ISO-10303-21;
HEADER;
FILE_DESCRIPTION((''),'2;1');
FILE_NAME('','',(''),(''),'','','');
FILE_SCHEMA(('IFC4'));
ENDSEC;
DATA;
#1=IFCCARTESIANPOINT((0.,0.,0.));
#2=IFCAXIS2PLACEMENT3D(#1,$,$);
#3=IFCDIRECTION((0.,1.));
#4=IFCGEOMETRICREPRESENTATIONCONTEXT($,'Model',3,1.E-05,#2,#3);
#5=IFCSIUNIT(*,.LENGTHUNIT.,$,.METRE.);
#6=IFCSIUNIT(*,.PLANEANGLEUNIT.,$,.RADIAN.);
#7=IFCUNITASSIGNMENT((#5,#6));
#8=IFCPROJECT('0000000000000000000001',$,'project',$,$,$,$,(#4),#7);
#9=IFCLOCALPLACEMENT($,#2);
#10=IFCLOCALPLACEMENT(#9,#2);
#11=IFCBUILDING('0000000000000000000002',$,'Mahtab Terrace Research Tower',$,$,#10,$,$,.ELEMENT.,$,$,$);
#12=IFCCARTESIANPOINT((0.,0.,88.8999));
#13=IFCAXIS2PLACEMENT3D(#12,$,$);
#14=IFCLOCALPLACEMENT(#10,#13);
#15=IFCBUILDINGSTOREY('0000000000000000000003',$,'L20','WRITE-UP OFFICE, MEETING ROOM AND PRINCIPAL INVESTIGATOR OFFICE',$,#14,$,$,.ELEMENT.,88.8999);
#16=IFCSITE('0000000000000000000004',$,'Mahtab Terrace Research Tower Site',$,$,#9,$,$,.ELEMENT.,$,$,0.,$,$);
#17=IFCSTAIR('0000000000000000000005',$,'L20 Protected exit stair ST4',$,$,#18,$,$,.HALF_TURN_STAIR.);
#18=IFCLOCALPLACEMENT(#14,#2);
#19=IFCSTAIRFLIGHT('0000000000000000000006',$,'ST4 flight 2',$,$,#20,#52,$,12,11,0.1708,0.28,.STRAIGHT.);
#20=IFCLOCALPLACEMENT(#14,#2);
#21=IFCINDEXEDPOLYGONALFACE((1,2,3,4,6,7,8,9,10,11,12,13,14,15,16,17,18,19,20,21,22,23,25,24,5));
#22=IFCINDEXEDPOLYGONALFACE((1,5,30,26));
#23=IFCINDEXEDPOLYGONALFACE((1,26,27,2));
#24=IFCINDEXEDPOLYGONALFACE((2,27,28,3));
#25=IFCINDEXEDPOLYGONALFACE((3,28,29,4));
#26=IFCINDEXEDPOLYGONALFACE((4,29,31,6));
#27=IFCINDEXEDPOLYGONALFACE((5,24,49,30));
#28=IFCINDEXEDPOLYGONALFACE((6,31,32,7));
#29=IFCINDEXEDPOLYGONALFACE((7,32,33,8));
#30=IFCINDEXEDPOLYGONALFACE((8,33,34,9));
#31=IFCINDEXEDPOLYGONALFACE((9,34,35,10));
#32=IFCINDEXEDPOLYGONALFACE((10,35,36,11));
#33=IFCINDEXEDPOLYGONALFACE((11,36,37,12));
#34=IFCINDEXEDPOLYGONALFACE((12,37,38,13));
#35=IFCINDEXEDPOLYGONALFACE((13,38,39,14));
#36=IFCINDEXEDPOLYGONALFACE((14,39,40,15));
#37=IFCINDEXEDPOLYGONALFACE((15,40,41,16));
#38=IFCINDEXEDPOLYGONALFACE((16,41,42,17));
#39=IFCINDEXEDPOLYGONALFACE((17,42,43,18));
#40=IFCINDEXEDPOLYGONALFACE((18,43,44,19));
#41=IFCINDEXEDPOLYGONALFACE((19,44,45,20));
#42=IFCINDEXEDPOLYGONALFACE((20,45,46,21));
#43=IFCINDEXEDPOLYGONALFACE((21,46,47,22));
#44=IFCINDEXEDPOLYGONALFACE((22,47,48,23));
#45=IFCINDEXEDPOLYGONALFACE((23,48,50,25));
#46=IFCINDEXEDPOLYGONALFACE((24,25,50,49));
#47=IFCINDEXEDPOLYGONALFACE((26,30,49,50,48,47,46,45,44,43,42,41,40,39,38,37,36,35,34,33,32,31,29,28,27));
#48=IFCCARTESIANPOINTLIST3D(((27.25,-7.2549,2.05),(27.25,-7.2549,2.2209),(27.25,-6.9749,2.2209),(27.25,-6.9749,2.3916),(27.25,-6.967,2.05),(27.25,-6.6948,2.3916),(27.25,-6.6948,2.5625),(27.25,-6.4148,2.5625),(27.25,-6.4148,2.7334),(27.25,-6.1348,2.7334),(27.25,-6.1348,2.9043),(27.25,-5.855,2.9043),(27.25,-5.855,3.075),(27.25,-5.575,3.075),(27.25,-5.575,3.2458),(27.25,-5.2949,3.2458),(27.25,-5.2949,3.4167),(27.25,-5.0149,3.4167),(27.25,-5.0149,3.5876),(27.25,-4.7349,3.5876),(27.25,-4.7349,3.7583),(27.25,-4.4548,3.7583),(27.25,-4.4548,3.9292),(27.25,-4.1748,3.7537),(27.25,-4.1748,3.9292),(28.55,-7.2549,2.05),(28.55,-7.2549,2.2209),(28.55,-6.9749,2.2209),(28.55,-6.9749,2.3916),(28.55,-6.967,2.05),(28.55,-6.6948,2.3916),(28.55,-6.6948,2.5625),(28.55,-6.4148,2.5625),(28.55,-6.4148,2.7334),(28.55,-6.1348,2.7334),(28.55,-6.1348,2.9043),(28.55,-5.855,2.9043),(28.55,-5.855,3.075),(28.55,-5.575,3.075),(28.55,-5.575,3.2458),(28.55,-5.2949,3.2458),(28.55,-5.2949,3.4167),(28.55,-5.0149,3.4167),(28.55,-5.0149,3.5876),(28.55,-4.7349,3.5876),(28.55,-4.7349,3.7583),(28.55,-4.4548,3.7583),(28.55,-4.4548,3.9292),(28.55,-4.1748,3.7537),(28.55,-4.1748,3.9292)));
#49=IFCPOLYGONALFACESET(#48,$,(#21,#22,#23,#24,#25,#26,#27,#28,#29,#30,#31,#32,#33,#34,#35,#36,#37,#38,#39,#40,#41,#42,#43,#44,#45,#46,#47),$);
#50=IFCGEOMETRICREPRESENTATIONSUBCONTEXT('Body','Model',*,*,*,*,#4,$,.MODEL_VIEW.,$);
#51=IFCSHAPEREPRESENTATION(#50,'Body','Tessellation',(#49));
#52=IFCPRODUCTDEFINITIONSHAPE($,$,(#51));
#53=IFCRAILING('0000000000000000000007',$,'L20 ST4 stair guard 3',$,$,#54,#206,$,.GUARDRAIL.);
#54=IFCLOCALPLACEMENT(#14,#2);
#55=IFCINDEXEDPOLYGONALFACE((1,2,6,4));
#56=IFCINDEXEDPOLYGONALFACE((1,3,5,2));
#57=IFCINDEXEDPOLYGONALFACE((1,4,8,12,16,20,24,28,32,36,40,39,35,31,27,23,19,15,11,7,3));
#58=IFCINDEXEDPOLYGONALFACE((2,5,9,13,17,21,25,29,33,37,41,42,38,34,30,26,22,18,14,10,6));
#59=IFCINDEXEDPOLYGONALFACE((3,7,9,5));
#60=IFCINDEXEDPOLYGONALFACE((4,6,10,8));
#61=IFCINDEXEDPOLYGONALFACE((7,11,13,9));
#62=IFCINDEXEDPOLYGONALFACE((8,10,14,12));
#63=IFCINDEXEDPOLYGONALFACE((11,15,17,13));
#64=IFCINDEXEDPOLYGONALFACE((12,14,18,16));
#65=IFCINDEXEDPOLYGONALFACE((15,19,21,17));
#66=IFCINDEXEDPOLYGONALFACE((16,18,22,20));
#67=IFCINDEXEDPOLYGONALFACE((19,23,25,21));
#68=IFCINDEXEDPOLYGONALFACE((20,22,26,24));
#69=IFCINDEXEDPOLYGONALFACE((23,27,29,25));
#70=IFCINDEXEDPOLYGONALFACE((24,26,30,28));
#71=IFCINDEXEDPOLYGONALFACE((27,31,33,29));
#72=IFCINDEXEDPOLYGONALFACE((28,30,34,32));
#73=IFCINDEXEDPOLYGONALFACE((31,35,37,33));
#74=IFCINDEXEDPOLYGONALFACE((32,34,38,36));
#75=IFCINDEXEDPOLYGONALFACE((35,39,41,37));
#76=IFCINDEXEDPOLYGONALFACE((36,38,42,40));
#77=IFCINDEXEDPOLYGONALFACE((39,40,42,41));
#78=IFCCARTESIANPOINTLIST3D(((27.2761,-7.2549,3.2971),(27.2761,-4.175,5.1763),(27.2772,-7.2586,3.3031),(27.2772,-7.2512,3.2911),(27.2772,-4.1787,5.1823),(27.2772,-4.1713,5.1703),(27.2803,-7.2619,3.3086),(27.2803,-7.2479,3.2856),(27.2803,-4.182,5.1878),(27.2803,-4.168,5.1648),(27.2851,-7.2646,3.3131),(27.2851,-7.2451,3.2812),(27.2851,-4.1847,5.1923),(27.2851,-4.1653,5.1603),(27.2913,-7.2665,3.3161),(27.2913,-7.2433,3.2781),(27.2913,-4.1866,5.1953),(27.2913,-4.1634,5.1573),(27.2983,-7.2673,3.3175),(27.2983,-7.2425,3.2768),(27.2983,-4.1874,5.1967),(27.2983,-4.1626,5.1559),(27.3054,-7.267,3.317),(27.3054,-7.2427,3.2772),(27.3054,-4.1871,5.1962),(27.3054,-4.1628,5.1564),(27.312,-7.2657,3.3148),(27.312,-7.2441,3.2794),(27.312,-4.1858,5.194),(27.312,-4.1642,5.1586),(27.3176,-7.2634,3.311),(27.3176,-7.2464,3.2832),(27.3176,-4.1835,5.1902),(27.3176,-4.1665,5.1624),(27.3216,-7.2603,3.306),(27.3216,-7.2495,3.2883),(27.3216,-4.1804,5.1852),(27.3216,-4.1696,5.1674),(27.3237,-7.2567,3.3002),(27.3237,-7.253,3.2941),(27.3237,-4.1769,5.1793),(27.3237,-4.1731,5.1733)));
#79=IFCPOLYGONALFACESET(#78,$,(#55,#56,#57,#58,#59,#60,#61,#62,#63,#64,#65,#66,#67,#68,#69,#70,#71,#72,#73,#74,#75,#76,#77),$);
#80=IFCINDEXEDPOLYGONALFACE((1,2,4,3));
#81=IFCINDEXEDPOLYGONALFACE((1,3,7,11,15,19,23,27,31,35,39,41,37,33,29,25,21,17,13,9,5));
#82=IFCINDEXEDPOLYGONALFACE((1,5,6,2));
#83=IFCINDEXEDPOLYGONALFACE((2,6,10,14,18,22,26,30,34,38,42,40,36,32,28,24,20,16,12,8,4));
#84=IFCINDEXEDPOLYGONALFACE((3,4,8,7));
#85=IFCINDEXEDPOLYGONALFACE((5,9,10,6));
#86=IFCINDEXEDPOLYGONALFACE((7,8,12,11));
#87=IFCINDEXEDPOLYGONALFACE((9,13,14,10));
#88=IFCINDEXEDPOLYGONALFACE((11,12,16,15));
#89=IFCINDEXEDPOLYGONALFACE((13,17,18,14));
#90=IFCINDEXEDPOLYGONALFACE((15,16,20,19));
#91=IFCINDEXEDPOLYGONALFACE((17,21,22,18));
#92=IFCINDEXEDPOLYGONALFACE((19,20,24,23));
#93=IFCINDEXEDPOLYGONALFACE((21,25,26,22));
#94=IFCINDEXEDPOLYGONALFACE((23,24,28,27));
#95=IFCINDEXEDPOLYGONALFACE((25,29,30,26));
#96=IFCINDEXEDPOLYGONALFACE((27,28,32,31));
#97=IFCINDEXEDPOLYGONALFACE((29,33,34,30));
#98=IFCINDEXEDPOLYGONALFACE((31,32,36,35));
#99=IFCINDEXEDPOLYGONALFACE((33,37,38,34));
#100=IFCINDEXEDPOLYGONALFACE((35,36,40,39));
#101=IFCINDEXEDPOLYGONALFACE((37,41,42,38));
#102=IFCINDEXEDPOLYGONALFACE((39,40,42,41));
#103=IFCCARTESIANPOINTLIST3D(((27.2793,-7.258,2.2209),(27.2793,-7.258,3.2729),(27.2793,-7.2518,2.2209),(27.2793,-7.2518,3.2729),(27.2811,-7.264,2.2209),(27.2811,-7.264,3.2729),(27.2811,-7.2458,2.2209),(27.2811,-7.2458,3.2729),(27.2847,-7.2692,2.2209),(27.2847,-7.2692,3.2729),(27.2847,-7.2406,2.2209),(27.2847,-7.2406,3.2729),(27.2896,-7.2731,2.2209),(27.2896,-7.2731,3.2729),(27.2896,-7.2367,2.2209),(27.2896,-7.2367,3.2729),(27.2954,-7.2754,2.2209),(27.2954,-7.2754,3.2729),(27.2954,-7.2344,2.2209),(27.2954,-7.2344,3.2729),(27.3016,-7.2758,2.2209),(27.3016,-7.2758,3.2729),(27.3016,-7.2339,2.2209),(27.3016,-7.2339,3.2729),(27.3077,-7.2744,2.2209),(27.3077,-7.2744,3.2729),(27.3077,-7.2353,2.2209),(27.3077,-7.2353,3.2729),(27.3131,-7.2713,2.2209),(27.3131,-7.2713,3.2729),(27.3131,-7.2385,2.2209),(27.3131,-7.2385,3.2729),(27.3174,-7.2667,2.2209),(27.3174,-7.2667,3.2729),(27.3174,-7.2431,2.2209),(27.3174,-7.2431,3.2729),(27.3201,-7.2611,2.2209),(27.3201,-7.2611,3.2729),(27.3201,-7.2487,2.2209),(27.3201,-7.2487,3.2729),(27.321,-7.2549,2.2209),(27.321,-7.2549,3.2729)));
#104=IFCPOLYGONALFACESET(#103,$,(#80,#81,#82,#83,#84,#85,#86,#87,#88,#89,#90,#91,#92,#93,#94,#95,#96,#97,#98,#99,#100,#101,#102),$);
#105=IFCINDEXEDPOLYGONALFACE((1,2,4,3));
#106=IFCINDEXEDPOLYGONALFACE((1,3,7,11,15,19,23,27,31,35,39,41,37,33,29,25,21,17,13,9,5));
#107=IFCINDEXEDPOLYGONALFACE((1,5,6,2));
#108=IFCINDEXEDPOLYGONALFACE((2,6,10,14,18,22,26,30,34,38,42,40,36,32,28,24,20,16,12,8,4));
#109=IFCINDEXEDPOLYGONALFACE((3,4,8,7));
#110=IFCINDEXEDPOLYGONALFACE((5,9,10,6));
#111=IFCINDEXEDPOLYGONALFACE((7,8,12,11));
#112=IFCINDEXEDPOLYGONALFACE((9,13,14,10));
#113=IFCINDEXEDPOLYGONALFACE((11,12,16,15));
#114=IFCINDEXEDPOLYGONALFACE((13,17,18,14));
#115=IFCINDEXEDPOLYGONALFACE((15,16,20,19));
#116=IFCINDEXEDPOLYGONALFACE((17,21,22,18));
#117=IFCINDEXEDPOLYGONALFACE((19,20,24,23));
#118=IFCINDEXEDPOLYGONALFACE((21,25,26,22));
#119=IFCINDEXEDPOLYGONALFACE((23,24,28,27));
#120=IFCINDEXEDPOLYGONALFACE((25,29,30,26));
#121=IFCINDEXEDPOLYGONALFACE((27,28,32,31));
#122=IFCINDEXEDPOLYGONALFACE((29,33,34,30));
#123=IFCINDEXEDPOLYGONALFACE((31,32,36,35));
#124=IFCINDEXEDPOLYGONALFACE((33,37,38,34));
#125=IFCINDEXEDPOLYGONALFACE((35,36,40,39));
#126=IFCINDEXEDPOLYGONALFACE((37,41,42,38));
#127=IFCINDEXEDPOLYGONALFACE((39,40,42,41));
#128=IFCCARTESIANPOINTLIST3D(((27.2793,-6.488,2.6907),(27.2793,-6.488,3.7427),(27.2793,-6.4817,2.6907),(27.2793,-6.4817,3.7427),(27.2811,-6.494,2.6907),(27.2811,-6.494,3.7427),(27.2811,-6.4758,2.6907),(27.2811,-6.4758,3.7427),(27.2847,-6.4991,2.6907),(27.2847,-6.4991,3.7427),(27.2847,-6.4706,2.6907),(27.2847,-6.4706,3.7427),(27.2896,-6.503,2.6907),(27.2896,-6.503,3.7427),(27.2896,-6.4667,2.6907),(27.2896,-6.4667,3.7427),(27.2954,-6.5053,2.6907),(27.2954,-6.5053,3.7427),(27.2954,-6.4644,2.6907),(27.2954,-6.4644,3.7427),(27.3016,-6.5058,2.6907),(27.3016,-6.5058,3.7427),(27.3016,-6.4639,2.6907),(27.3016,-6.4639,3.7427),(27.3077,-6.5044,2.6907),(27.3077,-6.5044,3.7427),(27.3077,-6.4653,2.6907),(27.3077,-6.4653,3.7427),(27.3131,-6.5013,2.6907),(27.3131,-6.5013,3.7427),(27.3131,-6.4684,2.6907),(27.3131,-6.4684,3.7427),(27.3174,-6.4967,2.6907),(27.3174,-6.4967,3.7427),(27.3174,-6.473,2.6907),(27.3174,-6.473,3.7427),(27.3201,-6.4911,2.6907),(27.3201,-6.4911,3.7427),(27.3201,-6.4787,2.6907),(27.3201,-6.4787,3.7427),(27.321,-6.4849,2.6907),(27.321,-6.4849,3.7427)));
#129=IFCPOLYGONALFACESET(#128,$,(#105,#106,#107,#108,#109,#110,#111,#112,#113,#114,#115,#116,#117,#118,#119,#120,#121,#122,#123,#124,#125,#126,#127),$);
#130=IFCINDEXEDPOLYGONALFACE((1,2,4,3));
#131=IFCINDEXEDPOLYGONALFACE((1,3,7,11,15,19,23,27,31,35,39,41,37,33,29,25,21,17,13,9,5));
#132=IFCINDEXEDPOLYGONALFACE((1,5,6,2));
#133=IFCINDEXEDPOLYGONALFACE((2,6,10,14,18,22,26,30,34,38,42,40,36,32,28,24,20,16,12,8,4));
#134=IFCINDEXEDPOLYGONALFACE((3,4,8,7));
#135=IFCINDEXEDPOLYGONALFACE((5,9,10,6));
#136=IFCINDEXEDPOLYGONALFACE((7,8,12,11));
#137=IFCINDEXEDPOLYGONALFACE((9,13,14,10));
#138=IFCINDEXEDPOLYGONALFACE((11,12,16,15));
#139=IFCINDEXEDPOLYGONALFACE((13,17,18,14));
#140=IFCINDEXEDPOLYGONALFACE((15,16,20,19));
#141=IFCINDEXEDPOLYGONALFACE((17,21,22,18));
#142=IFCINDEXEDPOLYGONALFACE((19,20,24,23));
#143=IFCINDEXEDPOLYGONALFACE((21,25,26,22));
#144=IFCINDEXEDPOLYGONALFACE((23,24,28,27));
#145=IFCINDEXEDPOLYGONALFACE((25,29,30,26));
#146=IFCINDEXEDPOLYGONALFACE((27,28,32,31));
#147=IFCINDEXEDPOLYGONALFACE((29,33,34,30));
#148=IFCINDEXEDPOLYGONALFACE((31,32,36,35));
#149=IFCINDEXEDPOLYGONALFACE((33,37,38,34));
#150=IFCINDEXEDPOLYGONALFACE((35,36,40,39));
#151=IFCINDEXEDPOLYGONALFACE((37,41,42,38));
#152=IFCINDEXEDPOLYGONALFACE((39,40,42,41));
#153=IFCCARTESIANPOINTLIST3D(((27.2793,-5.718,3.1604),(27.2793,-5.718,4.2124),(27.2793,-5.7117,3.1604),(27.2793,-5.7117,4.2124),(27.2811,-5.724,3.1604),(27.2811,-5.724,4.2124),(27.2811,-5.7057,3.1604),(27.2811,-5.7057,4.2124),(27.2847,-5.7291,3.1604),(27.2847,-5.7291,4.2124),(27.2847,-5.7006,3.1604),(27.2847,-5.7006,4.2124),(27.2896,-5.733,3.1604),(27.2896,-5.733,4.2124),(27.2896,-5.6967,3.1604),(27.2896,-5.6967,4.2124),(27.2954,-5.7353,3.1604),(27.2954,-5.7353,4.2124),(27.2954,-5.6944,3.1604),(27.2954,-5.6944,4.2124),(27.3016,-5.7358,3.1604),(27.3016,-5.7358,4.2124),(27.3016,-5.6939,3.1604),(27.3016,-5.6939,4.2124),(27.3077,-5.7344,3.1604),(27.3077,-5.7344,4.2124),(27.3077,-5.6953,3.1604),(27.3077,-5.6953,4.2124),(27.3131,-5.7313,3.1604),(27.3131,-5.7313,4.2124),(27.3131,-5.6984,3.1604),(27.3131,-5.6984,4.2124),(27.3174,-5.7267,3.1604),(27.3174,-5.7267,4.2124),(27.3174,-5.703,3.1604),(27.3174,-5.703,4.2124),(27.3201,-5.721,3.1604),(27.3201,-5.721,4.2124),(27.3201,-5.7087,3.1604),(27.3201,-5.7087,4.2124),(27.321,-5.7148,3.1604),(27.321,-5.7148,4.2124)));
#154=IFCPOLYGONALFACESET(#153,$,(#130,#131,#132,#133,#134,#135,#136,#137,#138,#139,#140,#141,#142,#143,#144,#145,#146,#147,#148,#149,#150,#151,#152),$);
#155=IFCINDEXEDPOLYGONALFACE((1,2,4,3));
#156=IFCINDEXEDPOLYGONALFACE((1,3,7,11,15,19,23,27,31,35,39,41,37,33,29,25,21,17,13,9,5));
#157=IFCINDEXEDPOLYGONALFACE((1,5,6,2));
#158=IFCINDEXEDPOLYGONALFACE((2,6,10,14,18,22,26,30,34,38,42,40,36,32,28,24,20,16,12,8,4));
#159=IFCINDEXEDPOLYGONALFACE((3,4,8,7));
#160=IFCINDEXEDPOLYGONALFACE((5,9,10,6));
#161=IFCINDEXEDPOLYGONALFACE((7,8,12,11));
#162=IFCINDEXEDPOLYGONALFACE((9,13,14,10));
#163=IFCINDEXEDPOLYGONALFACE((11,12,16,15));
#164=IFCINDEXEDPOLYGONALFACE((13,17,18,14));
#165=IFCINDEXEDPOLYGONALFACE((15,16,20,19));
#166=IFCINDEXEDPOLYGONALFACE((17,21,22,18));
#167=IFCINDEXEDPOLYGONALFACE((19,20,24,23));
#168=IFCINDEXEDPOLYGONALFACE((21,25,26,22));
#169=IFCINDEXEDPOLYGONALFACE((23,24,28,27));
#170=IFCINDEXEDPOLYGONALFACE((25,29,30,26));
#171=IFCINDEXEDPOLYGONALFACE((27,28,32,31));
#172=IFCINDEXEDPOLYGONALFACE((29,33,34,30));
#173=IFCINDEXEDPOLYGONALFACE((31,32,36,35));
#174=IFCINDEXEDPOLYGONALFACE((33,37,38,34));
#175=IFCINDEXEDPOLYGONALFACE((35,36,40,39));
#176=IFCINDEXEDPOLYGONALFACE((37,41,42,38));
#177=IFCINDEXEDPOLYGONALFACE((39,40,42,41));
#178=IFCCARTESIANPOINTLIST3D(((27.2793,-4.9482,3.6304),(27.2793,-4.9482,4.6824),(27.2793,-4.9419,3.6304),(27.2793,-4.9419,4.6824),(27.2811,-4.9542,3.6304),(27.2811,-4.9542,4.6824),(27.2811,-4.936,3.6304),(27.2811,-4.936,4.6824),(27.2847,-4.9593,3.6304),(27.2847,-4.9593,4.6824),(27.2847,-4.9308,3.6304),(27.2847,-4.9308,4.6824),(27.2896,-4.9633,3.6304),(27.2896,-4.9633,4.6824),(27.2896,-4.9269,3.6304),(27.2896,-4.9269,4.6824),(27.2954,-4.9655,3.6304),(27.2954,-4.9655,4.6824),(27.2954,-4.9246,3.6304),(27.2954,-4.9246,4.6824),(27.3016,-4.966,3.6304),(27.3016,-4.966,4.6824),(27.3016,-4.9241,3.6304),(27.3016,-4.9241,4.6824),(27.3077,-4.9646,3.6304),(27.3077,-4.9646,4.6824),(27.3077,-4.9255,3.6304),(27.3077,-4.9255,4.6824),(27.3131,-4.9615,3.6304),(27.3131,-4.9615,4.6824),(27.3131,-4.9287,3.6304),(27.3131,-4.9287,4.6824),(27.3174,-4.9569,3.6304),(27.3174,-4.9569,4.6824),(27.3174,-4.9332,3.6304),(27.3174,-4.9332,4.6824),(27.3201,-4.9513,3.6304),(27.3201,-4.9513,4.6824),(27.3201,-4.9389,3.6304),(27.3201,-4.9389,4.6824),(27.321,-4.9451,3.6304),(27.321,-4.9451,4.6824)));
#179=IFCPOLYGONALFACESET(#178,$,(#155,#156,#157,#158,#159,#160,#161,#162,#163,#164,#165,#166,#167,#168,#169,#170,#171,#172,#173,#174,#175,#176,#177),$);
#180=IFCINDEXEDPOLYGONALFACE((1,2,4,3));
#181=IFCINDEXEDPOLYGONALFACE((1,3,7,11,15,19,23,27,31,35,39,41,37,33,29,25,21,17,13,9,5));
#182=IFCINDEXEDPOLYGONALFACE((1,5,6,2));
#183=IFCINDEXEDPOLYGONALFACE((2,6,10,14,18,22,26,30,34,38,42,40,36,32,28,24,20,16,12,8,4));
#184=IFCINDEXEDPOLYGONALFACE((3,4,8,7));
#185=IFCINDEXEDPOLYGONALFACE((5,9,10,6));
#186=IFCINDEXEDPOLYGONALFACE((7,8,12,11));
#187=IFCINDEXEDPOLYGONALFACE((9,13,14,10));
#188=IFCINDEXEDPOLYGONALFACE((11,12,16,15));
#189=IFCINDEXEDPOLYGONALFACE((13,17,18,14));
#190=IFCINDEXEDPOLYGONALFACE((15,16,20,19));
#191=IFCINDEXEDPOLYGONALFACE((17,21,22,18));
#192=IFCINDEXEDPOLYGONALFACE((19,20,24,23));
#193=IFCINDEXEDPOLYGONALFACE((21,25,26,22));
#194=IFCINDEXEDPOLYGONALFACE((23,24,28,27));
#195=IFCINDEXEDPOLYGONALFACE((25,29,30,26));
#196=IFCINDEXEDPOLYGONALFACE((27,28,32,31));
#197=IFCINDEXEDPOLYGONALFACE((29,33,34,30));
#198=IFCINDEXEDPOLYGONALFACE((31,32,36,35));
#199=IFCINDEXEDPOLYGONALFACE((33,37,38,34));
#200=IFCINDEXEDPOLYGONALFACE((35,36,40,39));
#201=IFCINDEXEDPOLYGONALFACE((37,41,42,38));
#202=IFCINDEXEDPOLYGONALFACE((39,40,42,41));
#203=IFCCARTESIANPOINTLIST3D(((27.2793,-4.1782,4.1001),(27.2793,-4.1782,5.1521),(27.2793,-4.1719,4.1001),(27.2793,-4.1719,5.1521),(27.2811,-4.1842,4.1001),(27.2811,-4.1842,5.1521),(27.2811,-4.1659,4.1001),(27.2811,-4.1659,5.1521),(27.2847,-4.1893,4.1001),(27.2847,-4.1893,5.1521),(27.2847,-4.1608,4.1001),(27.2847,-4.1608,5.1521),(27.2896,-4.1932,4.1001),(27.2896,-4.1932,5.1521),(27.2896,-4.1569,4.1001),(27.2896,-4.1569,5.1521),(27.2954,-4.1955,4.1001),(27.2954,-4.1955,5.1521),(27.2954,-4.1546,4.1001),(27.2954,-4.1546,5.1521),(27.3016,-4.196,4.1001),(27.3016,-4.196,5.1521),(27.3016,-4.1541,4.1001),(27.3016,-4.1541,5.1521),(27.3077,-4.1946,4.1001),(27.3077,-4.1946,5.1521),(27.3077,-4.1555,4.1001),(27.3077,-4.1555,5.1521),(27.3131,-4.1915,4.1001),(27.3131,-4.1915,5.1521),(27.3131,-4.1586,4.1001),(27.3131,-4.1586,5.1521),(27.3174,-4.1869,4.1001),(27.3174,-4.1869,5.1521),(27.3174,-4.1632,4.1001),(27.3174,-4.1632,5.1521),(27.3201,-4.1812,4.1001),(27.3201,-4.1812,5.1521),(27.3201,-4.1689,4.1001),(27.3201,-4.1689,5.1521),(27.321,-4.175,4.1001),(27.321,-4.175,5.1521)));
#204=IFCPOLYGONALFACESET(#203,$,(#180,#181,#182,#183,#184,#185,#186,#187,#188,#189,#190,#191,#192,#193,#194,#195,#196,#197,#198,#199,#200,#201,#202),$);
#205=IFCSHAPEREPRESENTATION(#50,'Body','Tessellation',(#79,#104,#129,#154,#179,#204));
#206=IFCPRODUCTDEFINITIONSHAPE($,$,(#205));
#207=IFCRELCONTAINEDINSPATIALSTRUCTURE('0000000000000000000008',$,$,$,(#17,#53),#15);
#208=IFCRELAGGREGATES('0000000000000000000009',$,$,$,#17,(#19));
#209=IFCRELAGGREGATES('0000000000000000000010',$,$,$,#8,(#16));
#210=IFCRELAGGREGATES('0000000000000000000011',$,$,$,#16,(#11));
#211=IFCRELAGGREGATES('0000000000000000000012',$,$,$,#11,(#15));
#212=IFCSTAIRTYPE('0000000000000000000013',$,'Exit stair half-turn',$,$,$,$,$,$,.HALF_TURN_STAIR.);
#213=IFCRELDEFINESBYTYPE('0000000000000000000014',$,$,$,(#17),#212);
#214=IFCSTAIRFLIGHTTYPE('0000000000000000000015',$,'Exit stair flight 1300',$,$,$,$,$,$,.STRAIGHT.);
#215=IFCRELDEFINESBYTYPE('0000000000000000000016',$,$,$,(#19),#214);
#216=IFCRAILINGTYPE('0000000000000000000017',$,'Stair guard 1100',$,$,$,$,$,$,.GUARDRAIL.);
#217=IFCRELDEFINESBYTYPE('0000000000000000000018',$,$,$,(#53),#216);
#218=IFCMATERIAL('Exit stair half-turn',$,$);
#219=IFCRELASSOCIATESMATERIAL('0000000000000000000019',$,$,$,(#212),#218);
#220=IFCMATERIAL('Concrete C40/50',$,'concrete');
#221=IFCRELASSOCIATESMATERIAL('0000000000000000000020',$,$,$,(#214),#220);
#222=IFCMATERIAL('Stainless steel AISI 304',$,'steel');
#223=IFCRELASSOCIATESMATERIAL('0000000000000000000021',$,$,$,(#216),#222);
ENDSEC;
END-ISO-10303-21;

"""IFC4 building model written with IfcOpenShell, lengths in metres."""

from ifc_helpers import new_model, si_unit, direction, frame, origin, origin_2d, place, context, subcontext, project, spatial, polyline, circle, outline, extrude, material, type_object, element, aggregate, save


model = new_model("IFC4")

# Units and contexts
model_context = context("Model", 3, precision=1e-05, world=origin(), true_north=direction((0.0, 1.0)))
body_context = subcontext(model_context, "Body", "Model", "MODEL_VIEW")
ifc_project = project(units=[si_unit("LENGTHUNIT", "METRE"), si_unit("PLANEANGLEUNIT", "RADIAN")], contexts=[model_context])

# Site, building, storey
site_placement = place(None, origin())
site = spatial("IfcSite", under=ifc_project, at=site_placement, Name="Mahtab Terrace Research Tower Site", CompositionType="ELEMENT", RefElevation=0.0)
building_placement = place(site_placement, origin())
building = spatial("IfcBuilding", under=site, at=building_placement, Name="Mahtab Terrace Research Tower", CompositionType="ELEMENT")
storey_placement = place(building_placement, frame((0.0, 0.0, 88.8999)))
storey = spatial("IfcBuildingStorey", under=building, at=storey_placement, Name="L20", Description="WRITE-UP OFFICE, MEETING ROOM AND PRINCIPAL INVESTIGATOR OFFICE", CompositionType="ELEMENT", Elevation=88.8999)

# Stair, stair flight
ifc_material_1 = material(Name="Exit stair half-turn")
stair_type = type_object("IfcStairType", Name="Exit stair half-turn", PredefinedType="HALF_TURN_STAIR", material=ifc_material_1)
stair_placement = place(storey_placement, origin())
stair = element("IfcStair", 1, at=stair_placement, inside=storey, type_object=stair_type, Name="L20 Protected exit stair ST4", PredefinedType="HALF_TURN_STAIR")
ifc_material_2 = material(Name="Concrete C40/50", Category="concrete")
stair_flight_type = type_object("IfcStairFlightType", Name="Exit stair flight 1300", PredefinedType="STRAIGHT", material=ifc_material_2)
stair_flight_placement = place(storey_placement, frame((27.8999, -7.2549, 2.05), z_axis=(0.0, 0.0, 1.0), x_axis=(0.0, 1.0, 0.0)))
stair_flight = element("IfcStairFlight", 2, at=stair_flight_placement, type_object=stair_flight_type, Name="ST4 flight 2", NumberOfRisers=12, NumberOfTreads=11, PredefinedType="STRAIGHT", RiserHeight=0.1708, TreadLength=0.28, context=body_context, shape_type="SweptSolid", body=[
    extrude(outline(polyline([(0.0, 0.0), (0.0, 0.1709), (0.28, 0.1709), (0.28, 0.3416), (0.5601, 0.3416), (0.5601, 0.5125), (0.8401, 0.5125), (0.8401, 0.6833), (1.1201, 0.6833), (1.1201, 0.8542), (1.3999, 0.8542), (1.3999, 1.0249), (1.6799, 1.0249), (1.6799, 1.1958), (1.96, 1.1958), (1.96, 1.3667), (2.24, 1.3667), (2.24, 1.5376), (2.52, 1.5376), (2.52, 1.7083), (2.8, 1.7083), (2.8, 1.8792), (3.0801, 1.8792), (3.0801, 2.05), (3.0801, 1.7036), (0.2878, 0.0), (0.0, 0.0)])), frame((0.0, 0.6499, 0.0), z_axis=(0.0, -1.0, 0.0), x_axis=(1.0, 0.0, 0.0)), (0.0, 0.0, 1.0), 1.3),
])
aggregate(stair, [stair_flight])

# Railing
ifc_material_3 = material(Name="Stainless steel AISI 304", Category="steel")
railing_type_1 = type_object("IfcRailingType", Name="Stair guard 1100", PredefinedType="GUARDRAIL", material=ifc_material_3)
railing_1_placement = place(storey_placement, frame((27.3, -7.2549, 2.2209)))
element("IfcRailing", 3, at=railing_1_placement, inside=storey, type_object=railing_type_1, Name="L20 ST4 stair guard 3", PredefinedType="GUARDRAIL", context=body_context, shape_type="SweptSolid", body=[
    extrude(circle(Radius=0.0239, at=origin_2d()), frame((0.0, 0.0, 1.0762), z_axis=(0.0, 0.853648, 0.52085), x_axis=(-1.0, 0.0, 0.0)), (0.0, 0.0, 1.0), 3.6079),
    extrude(circle(Radius=0.021, at=origin_2d()), origin(), (0.0, 0.0, 1.0), 1.052),
    extrude(circle(Radius=0.021, at=origin_2d()), frame((0.0, 0.77, 0.4697)), (0.0, 0.0, 1.0), 1.052),
    extrude(circle(Radius=0.021, at=origin_2d()), frame((0.0, 1.54, 0.9395)), (0.0, 0.0, 1.0), 1.052),
    extrude(circle(Radius=0.021, at=origin_2d()), frame((0.0, 2.3098, 1.4094)), (0.0, 0.0, 1.0), 1.052),
    extrude(circle(Radius=0.021, at=origin_2d()), frame((0.0, 3.0798, 1.8792)), (0.0, 0.0, 1.0), 1.052),
])

save(model, "model.ifc")
